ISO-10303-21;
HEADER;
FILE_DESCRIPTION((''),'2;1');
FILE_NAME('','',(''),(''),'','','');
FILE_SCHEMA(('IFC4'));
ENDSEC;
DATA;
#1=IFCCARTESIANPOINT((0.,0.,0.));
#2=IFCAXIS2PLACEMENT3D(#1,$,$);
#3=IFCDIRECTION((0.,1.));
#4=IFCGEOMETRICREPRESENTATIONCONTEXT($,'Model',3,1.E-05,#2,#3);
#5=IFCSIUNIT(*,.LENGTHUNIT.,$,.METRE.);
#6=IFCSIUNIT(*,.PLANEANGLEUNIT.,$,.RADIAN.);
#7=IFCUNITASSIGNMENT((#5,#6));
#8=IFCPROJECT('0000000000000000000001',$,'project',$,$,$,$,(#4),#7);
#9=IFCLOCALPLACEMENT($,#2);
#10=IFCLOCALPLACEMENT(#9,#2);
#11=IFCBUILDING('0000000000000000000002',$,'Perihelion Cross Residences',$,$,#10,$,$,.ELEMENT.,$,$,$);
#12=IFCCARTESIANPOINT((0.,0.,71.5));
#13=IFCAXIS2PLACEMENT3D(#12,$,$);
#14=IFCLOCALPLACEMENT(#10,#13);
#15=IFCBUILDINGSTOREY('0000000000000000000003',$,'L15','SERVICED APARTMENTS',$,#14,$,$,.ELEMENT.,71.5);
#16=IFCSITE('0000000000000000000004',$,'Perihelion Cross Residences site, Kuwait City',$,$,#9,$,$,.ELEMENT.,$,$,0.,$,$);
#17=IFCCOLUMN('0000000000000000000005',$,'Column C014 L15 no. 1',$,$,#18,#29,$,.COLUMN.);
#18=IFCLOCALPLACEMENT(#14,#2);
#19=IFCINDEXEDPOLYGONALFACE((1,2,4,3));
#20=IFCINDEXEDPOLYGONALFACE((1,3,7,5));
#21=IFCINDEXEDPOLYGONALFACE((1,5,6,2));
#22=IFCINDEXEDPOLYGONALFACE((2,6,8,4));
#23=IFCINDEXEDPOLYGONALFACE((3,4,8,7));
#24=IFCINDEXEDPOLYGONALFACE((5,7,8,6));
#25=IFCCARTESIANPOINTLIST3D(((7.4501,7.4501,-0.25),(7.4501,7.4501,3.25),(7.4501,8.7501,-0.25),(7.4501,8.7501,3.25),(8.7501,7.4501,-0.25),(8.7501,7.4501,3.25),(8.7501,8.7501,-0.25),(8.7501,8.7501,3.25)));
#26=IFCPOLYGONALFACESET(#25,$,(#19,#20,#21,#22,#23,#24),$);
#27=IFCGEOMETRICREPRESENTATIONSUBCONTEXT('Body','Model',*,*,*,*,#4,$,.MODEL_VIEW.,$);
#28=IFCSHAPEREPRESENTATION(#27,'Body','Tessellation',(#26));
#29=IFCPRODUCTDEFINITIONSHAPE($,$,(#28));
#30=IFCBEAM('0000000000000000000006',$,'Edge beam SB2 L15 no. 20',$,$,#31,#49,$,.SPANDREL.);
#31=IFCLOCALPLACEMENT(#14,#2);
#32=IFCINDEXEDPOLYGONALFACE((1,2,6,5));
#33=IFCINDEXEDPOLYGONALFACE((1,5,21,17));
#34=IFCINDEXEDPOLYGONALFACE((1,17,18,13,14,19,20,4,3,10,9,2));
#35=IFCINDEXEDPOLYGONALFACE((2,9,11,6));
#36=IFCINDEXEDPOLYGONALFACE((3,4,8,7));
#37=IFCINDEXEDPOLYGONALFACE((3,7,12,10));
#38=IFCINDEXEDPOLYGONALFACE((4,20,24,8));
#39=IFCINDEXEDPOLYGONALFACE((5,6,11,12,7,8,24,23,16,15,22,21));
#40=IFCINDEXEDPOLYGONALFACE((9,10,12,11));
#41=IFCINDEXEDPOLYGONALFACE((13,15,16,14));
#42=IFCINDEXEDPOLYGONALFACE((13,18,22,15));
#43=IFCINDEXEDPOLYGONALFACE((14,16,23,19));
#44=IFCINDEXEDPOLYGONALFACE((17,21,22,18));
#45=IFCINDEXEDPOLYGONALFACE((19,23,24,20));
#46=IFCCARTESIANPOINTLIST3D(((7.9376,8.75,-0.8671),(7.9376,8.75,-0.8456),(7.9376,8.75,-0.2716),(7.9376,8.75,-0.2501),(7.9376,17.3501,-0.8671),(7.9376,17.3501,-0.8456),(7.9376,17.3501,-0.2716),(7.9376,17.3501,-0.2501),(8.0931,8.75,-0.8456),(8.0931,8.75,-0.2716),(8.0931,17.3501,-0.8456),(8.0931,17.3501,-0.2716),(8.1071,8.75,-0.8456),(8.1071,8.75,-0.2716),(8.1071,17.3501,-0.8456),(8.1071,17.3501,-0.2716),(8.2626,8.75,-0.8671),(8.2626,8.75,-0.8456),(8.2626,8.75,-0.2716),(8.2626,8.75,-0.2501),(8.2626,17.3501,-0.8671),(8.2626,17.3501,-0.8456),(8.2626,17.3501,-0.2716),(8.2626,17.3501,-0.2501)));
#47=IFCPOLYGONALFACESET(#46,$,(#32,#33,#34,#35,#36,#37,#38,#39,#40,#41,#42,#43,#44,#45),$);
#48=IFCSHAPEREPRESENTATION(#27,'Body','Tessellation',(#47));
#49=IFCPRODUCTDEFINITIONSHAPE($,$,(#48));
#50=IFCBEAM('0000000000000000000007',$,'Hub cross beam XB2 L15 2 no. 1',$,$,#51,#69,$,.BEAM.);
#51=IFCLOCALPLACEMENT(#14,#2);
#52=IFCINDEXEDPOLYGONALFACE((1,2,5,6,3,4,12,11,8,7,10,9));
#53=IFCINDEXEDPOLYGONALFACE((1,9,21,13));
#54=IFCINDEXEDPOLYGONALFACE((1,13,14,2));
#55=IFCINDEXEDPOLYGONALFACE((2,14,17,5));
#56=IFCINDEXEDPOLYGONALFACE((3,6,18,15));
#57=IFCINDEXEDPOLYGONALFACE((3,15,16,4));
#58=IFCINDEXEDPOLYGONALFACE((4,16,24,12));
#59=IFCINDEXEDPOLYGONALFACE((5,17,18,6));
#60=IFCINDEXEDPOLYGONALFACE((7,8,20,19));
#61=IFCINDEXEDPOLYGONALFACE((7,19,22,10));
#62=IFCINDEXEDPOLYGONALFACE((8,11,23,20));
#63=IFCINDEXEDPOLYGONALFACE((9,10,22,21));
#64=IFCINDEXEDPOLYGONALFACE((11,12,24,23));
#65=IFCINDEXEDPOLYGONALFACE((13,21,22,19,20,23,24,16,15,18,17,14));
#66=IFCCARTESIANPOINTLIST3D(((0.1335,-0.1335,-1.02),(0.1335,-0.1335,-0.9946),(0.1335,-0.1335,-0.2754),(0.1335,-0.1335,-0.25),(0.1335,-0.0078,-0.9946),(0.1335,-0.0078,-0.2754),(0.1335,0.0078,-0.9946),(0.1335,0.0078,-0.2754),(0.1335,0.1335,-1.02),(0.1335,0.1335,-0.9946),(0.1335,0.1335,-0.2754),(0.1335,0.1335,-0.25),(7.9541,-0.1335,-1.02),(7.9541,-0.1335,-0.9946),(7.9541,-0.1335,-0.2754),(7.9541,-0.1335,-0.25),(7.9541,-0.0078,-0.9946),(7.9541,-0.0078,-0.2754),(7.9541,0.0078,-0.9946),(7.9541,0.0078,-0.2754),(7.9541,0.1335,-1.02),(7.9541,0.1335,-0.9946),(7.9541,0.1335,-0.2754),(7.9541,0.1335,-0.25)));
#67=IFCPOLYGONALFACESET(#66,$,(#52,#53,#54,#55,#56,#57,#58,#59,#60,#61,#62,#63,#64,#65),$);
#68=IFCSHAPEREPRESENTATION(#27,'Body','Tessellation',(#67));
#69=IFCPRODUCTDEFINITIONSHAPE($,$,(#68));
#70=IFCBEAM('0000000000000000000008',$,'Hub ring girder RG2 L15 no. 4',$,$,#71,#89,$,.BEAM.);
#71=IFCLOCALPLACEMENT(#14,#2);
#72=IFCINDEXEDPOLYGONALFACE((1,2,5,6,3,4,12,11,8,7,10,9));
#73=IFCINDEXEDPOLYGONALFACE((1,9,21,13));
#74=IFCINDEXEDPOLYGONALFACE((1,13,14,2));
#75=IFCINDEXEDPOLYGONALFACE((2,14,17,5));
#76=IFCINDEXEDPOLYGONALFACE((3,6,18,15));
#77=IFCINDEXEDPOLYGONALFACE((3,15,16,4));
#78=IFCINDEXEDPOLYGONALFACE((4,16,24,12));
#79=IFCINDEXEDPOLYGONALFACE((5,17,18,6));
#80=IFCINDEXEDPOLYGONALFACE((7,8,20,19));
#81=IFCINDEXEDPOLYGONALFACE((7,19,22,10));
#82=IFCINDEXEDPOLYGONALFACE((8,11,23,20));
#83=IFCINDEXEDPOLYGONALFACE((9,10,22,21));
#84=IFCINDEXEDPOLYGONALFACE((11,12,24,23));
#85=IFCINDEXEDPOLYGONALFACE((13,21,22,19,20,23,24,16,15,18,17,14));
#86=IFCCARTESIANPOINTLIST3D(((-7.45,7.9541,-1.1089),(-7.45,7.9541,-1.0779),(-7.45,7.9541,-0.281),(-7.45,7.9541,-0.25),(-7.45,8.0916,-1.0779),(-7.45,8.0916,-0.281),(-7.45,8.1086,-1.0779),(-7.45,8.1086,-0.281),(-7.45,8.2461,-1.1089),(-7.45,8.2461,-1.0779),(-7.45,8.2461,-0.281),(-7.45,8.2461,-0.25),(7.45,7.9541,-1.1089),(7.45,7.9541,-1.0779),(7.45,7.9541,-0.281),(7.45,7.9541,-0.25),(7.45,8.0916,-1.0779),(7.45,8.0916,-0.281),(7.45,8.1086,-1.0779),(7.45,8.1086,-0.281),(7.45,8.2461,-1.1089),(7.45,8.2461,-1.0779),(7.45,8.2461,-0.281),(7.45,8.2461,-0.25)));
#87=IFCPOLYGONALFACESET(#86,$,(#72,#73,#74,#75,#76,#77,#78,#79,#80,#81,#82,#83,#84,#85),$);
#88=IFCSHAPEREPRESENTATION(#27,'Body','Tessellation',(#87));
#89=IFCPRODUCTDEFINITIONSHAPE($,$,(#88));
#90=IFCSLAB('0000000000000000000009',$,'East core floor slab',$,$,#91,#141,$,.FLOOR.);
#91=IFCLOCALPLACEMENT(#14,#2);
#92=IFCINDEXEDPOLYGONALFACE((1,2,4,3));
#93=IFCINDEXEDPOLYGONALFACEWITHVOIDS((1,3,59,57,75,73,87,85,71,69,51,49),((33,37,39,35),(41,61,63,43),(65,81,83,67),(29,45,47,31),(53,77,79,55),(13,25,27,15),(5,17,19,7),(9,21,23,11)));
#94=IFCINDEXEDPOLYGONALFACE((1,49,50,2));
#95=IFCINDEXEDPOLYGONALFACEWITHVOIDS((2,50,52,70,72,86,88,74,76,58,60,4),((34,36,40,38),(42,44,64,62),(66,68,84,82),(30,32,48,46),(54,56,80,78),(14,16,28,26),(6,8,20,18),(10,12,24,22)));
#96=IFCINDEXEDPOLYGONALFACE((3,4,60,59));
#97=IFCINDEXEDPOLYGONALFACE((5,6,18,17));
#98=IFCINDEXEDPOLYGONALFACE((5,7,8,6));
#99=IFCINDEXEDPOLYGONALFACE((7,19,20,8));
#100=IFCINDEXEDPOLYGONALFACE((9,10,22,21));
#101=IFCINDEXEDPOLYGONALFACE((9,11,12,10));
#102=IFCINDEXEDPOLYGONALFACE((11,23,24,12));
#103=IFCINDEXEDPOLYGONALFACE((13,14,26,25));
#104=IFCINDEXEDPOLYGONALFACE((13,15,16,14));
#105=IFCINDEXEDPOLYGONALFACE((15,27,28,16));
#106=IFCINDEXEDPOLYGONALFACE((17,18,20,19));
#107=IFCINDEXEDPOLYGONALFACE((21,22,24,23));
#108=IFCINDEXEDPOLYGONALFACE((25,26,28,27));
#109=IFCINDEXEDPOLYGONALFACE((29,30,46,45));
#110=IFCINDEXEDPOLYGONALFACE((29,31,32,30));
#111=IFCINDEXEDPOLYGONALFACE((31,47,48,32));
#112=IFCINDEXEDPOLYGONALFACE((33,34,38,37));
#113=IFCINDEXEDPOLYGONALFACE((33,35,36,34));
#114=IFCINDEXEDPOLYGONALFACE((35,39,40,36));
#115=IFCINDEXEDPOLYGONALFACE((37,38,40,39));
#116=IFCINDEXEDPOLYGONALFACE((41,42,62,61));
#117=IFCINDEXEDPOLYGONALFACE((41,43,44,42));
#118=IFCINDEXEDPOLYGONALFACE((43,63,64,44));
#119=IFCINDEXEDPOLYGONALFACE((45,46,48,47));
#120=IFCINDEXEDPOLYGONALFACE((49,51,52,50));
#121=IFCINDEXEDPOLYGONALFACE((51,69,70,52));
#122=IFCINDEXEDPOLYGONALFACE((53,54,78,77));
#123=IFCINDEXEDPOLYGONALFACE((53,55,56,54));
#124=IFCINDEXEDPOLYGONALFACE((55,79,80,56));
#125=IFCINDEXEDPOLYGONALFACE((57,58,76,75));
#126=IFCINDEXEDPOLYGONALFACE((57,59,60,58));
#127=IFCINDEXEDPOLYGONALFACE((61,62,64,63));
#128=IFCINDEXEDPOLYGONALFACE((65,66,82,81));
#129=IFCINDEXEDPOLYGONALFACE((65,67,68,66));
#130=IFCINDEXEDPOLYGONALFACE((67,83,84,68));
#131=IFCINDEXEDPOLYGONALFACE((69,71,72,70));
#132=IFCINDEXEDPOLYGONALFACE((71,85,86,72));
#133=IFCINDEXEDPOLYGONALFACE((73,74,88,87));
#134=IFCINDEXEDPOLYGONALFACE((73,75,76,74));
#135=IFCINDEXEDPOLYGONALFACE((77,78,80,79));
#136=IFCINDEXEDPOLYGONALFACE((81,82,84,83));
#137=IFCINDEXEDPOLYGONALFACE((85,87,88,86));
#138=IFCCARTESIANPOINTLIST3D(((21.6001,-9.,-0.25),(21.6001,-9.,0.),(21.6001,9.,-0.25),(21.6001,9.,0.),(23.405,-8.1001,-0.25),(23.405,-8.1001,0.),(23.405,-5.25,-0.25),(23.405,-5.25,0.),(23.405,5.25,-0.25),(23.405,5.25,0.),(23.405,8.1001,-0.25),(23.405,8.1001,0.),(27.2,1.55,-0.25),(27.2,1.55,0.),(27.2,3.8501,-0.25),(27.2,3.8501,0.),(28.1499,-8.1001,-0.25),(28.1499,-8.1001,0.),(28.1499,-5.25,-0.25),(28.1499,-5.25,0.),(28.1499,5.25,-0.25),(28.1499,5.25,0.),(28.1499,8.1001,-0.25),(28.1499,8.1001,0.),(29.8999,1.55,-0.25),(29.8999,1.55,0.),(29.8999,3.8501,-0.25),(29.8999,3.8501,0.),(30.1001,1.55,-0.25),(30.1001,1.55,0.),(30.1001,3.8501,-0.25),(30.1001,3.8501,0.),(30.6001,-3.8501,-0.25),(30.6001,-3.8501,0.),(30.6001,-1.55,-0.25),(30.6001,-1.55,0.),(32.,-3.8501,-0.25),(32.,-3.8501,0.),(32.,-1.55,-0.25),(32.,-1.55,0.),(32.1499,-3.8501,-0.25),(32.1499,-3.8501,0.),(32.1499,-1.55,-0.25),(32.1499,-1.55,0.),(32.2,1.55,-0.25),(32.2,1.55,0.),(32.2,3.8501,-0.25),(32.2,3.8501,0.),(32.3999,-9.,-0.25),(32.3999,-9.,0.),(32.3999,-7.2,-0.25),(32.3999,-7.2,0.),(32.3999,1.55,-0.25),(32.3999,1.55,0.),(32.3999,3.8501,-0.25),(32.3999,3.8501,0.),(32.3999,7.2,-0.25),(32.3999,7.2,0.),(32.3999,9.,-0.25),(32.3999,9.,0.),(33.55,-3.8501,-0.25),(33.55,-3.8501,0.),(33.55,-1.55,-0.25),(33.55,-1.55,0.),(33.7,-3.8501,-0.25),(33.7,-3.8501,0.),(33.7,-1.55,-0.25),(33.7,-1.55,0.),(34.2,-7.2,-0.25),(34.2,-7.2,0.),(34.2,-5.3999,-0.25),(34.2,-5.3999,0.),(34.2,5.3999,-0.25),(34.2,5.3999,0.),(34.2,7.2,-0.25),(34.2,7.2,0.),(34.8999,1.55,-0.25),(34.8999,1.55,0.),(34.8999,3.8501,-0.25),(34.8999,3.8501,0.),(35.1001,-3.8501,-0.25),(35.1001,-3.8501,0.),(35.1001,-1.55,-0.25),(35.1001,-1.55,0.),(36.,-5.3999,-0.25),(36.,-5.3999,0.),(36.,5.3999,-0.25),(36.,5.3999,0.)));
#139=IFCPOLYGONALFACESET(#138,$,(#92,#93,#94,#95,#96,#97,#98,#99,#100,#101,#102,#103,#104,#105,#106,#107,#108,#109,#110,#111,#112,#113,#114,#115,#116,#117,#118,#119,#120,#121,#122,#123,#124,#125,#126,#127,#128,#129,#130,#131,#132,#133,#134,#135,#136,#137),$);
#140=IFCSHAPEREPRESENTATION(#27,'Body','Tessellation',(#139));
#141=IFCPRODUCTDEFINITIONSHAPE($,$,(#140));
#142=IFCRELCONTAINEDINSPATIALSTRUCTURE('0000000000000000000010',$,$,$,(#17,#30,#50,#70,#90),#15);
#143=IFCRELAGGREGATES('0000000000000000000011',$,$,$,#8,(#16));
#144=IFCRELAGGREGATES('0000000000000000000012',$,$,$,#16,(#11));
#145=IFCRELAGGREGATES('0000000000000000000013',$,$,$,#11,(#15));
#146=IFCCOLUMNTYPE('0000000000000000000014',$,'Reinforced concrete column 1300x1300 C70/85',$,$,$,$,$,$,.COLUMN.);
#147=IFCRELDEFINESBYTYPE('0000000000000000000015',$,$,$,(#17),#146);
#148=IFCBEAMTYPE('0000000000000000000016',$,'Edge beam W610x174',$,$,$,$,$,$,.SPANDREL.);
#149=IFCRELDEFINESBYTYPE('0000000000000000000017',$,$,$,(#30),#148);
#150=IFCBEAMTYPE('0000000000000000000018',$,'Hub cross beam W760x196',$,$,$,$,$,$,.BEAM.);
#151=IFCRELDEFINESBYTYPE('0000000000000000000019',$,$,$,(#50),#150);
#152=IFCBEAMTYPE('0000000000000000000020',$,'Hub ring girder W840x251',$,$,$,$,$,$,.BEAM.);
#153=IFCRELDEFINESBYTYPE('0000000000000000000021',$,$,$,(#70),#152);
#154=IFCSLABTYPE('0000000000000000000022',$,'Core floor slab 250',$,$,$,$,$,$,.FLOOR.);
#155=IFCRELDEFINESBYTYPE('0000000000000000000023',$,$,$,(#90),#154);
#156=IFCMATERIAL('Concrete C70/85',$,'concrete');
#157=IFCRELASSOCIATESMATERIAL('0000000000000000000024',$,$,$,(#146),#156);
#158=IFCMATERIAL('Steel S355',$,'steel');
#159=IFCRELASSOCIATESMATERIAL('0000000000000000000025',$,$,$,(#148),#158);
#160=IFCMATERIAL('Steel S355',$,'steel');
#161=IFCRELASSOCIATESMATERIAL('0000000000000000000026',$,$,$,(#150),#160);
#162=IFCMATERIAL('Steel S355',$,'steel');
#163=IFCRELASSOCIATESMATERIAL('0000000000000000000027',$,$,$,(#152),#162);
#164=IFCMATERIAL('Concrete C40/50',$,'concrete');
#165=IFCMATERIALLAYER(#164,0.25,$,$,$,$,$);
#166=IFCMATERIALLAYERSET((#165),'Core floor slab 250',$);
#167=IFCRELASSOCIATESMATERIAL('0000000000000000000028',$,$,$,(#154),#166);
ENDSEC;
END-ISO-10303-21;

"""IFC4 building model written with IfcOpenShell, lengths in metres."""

from ifc_helpers import new_model, si_unit, direction, frame, origin, origin_2d, place, context, subcontext, project, spatial, polyline, rectangle, i_section, outline, extrude, material, layer, layer_set, material_profile, profile_set, type_object, element, save


model = new_model("IFC4")

# Units and contexts
model_context = context("Model", 3, precision=1e-05, world=origin(), true_north=direction((0.0, 1.0)))
body_context = subcontext(model_context, "Body", "Model", "MODEL_VIEW")
ifc_project = project(units=[si_unit("LENGTHUNIT", "METRE"), si_unit("PLANEANGLEUNIT", "RADIAN")], contexts=[model_context])

# Site, building, storey
site_placement = place(None, origin())
site = spatial("IfcSite", under=ifc_project, at=site_placement, Name="Perihelion Cross Residences site, Kuwait City", CompositionType="ELEMENT", RefElevation=0.0)
building_placement = place(site_placement, origin())
building = spatial("IfcBuilding", under=site, at=building_placement, Name="Perihelion Cross Residences", CompositionType="ELEMENT")
storey_placement = place(building_placement, frame((0.0, 0.0, 71.5)))
storey = spatial("IfcBuildingStorey", under=building, at=storey_placement, Name="L15", Description="SERVICED APARTMENTS", CompositionType="ELEMENT", Elevation=71.5)

# Column
ifc_material_1 = material(Name="Concrete C70/85", Category="concrete")
ifc_material_profile_1 = material_profile(ifc_material_1, rectangle(XDim=1.3, YDim=1.3, at=origin_2d()), Name="RC 1300x1300")
ifc_profile_set_1 = profile_set([ifc_material_profile_1], Name="Concrete C70/85")
column_type = type_object("IfcColumnType", Name="Reinforced concrete column 1300x1300 C70/85", PredefinedType="COLUMN", material=ifc_profile_set_1)
column_placement = place(storey_placement, frame((8.1001, 8.1001, -0.25), z_axis=(0.0, 0.0, 1.0), x_axis=(1.0, 0.0, 0.0)))
element("IfcColumn", 1, at=column_placement, inside=storey, type_object=column_type, Name="Column C014 L15 no. 1", PredefinedType="COLUMN", context=body_context, shape_type="SweptSolid", body=[
    extrude(rectangle(XDim=1.3, YDim=1.3, at=origin_2d()), origin(), (0.0, 0.0, 1.0), 3.5),
])

# Beams
ifc_material_2 = material(Name="Steel S355", Category="steel")
ifc_material_profile_2 = material_profile(ifc_material_2, i_section(OverallWidth=0.325, OverallDepth=0.6169, WebThickness=0.0139, FlangeThickness=0.0215, at=origin_2d()), Name="W610x174")
ifc_profile_set_2 = profile_set([ifc_material_profile_2], Name="Steel S355")
beam_type_1 = type_object("IfcBeamType", Name="Edge beam W610x174", PredefinedType="SPANDREL", material=ifc_profile_set_2)
beam_1_placement = place(storey_placement, frame((8.1001, 8.75, -0.5586), z_axis=(0.0, 1.0, 0.0), x_axis=(-1.0, 0.0, 0.0)))
element("IfcBeam", 2, at=beam_1_placement, inside=storey, type_object=beam_type_1, Name="Edge beam SB2 L15 no. 20", PredefinedType="SPANDREL", context=body_context, shape_type="SweptSolid", body=[
    extrude(i_section(OverallWidth=0.325, OverallDepth=0.6169, WebThickness=0.0139, FlangeThickness=0.0215, at=origin_2d()), origin(), (0.0, 0.0, 1.0), 8.6001),
])
ifc_material_3 = material(Name="Steel S355", Category="steel")
ifc_material_profile_3 = material_profile(ifc_material_3, i_section(OverallWidth=0.2671, OverallDepth=0.77, WebThickness=0.0156, FlangeThickness=0.0254, at=origin_2d()), Name="W760x196")
ifc_profile_set_3 = profile_set([ifc_material_profile_3], Name="Steel S355")
beam_type_2 = type_object("IfcBeamType", Name="Hub cross beam W760x196", PredefinedType="BEAM", material=ifc_profile_set_3)
beam_2_placement = place(storey_placement, frame((0.1335, 0.0, -0.635), z_axis=(1.0, 0.0, 0.0), x_axis=(0.0, 1.0, 0.0)))
element("IfcBeam", 3, at=beam_2_placement, inside=storey, type_object=beam_type_2, Name="Hub cross beam XB2 L15 2 no. 1", PredefinedType="BEAM", context=body_context, shape_type="SweptSolid", body=[
    extrude(i_section(OverallWidth=0.2671, OverallDepth=0.77, WebThickness=0.0156, FlangeThickness=0.0254, at=origin_2d()), origin(), (0.0, 0.0, 1.0), 7.8206),
])
ifc_material_4 = material(Name="Steel S355", Category="steel")
ifc_material_profile_4 = material_profile(ifc_material_4, i_section(OverallWidth=0.292, OverallDepth=0.8589, WebThickness=0.0171, FlangeThickness=0.031, at=origin_2d()), Name="W840x251")
ifc_profile_set_4 = profile_set([ifc_material_profile_4], Name="Steel S355")
beam_type_3 = type_object("IfcBeamType", Name="Hub ring girder W840x251", PredefinedType="BEAM", material=ifc_profile_set_4)
beam_3_placement = place(storey_placement, frame((7.45, 8.1001, -0.6794), z_axis=(-1.0, 0.0, 0.0), x_axis=(0.0, -1.0, 0.0)))
element("IfcBeam", 4, at=beam_3_placement, inside=storey, type_object=beam_type_3, Name="Hub ring girder RG2 L15 no. 4", PredefinedType="BEAM", context=body_context, shape_type="SweptSolid", body=[
    extrude(i_section(OverallWidth=0.292, OverallDepth=0.8589, WebThickness=0.0171, FlangeThickness=0.031, at=origin_2d()), origin(), (0.0, 0.0, 1.0), 14.8999),
])

# Slab
ifc_material_5 = material(Name="Concrete C40/50", Category="concrete")
ifc_layer_1 = layer(ifc_material_5, 0.25)
ifc_layer_set_1 = layer_set([ifc_layer_1], Name="Core floor slab 250")
slab_type_1 = type_object("IfcSlabType", Name="Core floor slab 250", PredefinedType="FLOOR", material=ifc_layer_set_1)
slab_1_placement = place(storey_placement, frame((0.0, 0.0, -0.25)))
element("IfcSlab", 5, at=slab_1_placement, inside=storey, type_object=slab_type_1, Name="East core floor slab", PredefinedType="FLOOR", context=body_context, shape_type="SweptSolid", body=[
    extrude(outline(polyline([(32.3999, 7.2), (34.2, 7.2), (34.2, 5.3999), (36.0, 5.3999), (36.0, -5.3999), (34.2, -5.3999), (34.2, -7.2), (32.3999, -7.2), (32.3999, -9.0), (21.6001, -9.0), (21.6001, 9.0), (32.3999, 9.0), (32.3999, 7.2)]), holes=[polyline([(23.405, -8.1001), (28.1499, -8.1001), (28.1499, -5.25), (23.405, -5.25), (23.405, -8.1001)]), polyline([(30.6001, -1.55), (30.6001, -3.8501), (32.0, -3.8501), (32.0, -1.55), (30.6001, -1.55)]), polyline([(32.1499, -1.55), (32.1499, -3.8501), (33.55, -3.8501), (33.55, -1.55), (32.1499, -1.55)]), polyline([(33.7, -1.55), (33.7, -3.8501), (35.1001, -3.8501), (35.1001, -1.55), (33.7, -1.55)]), polyline([(27.2, 3.8501), (27.2, 1.55), (29.8999, 1.55), (29.8999, 3.8501), (27.2, 3.8501)]), polyline([(30.1001, 3.8501), (30.1001, 1.55), (32.2, 1.55), (32.2, 3.8501), (30.1001, 3.8501)]), polyline([(32.3999, 3.8501), (32.3999, 1.55), (34.8999, 1.55), (34.8999, 3.8501), (32.3999, 3.8501)]), polyline([(23.405, 5.25), (28.1499, 5.25), (28.1499, 8.1001), (23.405, 8.1001), (23.405, 5.25)])]), origin(), (0.0, 0.0, 1.0), 0.25),
])

save(model, "model.ifc")
